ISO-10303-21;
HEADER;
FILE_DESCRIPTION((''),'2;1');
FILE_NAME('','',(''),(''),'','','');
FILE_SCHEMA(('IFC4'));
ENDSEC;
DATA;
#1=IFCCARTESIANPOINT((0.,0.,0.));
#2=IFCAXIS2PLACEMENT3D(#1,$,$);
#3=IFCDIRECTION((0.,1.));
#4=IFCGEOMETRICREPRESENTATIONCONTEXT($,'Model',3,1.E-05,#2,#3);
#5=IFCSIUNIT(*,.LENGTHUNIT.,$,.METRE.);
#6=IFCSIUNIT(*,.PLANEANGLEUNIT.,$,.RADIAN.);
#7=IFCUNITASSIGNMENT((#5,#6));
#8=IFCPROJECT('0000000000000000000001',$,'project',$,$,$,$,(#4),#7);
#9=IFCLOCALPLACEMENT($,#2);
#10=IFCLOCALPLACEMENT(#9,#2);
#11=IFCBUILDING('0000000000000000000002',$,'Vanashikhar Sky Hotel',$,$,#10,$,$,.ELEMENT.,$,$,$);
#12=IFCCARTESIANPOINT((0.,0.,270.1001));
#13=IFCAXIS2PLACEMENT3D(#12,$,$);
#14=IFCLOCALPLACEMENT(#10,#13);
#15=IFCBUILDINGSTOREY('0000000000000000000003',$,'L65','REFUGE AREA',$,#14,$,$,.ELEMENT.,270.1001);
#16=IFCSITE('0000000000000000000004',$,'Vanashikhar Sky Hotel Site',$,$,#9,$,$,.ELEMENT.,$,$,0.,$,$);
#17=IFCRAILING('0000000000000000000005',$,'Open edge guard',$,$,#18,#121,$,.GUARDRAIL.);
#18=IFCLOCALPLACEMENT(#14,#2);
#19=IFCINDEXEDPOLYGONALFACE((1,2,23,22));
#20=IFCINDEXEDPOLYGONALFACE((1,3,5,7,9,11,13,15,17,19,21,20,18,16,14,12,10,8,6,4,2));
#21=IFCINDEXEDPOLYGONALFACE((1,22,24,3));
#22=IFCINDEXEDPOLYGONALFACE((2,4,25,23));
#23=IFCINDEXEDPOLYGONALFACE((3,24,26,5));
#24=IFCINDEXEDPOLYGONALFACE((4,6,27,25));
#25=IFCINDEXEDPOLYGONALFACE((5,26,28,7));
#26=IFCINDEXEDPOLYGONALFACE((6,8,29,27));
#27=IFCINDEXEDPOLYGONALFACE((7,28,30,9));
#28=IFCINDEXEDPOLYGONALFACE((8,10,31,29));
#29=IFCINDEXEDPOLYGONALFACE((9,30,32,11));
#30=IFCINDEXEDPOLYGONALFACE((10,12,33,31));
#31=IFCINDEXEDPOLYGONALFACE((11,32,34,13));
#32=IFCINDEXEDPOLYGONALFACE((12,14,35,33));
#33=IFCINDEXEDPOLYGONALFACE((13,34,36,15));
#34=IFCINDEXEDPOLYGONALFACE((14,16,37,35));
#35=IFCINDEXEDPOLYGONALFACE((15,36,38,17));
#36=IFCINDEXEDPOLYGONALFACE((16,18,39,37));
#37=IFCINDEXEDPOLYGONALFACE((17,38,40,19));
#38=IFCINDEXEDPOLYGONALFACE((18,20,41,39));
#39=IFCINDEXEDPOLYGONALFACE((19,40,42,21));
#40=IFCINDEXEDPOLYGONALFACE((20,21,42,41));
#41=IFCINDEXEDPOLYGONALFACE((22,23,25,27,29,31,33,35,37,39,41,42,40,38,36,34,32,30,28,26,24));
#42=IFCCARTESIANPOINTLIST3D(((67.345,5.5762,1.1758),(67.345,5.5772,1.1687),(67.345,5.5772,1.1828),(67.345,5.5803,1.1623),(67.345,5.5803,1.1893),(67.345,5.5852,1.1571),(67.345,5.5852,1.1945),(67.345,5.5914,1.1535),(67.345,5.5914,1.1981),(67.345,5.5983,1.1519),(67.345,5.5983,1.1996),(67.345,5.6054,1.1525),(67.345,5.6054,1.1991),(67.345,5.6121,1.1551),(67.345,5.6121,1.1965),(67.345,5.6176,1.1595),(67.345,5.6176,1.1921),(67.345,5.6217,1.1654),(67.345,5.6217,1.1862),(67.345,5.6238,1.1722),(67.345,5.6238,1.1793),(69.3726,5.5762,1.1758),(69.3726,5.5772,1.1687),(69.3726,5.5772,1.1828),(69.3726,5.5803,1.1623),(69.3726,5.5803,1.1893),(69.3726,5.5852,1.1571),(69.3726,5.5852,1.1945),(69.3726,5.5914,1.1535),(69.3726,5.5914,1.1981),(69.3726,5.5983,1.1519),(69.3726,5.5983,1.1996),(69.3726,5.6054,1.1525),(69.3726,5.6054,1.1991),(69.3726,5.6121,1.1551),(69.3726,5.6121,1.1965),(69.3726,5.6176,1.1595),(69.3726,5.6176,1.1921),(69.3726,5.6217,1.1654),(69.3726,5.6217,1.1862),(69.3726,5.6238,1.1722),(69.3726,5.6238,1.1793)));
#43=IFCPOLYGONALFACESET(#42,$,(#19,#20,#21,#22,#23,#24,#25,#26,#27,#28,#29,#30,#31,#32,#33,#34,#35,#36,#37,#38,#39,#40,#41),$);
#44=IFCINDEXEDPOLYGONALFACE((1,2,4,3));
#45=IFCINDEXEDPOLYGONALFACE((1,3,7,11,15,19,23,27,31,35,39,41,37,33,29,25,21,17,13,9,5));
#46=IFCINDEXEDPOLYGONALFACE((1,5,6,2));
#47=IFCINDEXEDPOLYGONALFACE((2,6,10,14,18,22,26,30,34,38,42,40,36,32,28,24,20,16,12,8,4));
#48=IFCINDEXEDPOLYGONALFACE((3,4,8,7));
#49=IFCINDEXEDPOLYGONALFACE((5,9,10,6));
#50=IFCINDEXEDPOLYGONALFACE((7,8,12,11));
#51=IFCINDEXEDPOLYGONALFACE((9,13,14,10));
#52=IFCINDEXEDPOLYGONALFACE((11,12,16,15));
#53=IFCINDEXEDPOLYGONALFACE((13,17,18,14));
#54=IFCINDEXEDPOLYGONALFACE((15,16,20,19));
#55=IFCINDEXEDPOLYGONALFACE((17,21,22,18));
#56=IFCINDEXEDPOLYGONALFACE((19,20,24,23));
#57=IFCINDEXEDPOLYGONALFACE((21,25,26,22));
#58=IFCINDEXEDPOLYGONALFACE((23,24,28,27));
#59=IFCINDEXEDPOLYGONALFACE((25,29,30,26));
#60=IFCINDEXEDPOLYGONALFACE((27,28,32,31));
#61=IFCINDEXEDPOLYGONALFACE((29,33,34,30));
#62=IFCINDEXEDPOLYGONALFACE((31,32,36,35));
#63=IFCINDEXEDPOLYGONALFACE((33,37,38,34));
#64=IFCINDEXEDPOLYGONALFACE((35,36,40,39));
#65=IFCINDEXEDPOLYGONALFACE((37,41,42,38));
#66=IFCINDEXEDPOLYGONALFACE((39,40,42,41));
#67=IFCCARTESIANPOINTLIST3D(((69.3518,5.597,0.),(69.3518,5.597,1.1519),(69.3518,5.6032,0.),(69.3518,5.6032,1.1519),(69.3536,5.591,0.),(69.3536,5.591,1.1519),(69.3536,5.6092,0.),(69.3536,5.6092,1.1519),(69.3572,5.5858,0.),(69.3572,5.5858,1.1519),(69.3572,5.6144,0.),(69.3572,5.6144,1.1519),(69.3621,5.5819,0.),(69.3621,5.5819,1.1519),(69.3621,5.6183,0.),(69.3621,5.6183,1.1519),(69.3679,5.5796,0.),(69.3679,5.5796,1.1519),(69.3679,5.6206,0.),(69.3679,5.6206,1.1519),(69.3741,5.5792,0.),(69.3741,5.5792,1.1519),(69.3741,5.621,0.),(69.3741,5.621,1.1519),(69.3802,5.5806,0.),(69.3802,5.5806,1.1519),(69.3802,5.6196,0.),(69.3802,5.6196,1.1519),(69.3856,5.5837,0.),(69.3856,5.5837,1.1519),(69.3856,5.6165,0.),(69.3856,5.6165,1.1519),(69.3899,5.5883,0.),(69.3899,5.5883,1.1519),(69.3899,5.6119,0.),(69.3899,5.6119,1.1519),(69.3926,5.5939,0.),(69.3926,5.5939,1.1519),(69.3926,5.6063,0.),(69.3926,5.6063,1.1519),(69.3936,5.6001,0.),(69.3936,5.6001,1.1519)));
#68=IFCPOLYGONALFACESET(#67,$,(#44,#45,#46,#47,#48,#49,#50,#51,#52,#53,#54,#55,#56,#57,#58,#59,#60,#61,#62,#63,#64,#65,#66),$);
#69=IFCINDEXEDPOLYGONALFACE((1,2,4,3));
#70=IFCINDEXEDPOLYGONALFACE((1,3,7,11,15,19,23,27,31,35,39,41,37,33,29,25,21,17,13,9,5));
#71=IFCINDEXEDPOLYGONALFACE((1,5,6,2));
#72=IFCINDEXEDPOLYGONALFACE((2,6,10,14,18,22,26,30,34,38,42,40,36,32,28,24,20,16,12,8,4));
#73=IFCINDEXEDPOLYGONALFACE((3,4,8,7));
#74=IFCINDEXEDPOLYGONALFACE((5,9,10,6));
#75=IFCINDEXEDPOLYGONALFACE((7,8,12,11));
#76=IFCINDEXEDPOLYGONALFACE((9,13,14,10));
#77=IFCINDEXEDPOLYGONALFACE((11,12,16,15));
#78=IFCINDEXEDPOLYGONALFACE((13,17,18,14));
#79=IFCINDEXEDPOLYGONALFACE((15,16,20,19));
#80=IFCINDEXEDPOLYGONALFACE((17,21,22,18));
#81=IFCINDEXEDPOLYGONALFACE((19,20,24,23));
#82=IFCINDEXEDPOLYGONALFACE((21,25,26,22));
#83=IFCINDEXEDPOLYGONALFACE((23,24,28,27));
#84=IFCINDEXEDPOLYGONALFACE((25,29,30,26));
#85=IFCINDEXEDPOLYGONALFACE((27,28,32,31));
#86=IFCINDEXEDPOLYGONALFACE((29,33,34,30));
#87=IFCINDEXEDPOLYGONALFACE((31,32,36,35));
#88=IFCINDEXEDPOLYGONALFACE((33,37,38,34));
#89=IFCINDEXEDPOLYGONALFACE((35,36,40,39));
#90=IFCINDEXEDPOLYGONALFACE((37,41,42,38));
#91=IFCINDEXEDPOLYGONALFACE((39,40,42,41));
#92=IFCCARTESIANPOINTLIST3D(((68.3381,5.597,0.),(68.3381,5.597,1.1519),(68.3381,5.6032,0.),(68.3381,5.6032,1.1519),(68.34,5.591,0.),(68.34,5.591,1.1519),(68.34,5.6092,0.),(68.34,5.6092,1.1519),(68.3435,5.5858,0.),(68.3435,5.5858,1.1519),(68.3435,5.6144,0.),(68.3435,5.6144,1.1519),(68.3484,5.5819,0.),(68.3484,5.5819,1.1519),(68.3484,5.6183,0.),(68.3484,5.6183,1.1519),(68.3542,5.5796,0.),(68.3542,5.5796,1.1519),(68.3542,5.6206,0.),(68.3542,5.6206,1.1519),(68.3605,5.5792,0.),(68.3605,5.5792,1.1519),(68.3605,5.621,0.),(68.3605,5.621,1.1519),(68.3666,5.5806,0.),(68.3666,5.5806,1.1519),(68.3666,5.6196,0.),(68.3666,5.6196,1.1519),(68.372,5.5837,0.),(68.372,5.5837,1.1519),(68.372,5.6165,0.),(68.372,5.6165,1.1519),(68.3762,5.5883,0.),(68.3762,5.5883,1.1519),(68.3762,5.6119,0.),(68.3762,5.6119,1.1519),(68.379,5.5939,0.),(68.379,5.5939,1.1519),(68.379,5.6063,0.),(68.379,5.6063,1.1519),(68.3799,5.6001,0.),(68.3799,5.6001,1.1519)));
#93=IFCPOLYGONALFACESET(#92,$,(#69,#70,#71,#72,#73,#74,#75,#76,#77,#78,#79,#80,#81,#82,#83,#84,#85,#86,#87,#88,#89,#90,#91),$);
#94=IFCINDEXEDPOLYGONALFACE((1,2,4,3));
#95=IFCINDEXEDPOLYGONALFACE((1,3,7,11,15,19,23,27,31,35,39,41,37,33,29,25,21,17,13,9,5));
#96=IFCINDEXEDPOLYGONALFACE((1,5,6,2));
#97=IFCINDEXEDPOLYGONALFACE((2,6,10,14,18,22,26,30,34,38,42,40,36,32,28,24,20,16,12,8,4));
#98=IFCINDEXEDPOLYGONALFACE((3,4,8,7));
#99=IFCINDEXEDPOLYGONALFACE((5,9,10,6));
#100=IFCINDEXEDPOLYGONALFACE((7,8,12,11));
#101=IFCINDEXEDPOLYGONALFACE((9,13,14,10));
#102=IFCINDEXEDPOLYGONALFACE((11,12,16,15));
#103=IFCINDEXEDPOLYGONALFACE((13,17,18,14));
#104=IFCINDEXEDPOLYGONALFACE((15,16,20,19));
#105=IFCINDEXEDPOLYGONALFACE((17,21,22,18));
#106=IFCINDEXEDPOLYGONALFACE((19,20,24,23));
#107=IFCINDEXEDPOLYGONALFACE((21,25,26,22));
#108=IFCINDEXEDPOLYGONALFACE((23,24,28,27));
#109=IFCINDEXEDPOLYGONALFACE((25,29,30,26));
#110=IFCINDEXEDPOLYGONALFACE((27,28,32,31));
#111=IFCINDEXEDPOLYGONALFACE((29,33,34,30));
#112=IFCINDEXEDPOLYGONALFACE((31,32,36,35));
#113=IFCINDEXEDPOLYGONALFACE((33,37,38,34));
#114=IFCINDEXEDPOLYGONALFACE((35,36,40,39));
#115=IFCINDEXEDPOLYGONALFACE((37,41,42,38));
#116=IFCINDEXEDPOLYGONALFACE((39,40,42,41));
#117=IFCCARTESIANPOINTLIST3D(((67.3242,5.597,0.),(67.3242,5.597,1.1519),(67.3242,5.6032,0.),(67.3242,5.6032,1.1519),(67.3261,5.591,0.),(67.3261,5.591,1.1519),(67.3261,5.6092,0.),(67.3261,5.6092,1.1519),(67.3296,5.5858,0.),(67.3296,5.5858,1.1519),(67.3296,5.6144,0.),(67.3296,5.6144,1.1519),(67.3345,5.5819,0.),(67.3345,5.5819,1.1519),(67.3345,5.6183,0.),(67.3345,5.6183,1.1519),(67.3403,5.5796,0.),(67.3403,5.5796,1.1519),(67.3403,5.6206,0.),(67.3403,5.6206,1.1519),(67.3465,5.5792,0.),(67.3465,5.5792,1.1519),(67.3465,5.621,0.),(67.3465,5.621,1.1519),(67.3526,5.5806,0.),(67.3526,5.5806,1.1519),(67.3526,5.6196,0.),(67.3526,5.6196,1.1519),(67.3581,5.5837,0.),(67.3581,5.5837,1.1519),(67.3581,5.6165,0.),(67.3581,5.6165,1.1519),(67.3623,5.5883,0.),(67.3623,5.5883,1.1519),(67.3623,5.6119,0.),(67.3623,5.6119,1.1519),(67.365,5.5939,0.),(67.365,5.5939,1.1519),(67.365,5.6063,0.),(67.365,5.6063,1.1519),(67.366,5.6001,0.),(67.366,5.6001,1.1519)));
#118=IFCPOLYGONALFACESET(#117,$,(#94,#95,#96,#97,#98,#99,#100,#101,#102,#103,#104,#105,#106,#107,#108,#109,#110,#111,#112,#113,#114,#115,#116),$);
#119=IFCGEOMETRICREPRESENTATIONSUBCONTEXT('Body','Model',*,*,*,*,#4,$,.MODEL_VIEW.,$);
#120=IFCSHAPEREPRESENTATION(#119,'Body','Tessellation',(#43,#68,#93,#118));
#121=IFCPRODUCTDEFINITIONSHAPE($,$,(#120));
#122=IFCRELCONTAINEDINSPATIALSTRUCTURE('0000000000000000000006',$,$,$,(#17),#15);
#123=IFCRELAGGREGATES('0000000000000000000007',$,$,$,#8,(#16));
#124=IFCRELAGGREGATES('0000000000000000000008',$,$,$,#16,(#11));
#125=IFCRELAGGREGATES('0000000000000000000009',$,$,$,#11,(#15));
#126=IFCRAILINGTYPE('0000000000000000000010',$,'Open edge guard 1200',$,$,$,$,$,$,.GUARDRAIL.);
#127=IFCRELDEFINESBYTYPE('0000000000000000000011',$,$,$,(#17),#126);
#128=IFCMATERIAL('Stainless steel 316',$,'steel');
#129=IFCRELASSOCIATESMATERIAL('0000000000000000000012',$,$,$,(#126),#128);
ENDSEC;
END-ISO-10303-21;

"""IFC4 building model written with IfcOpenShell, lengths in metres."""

from ifc_helpers import new_model, si_unit, direction, frame, origin, origin_2d, place, context, subcontext, project, spatial, circle, extrude, source, transform, mapped, material, type_object, element, save


model = new_model("IFC4")

# Units and contexts
model_context = context("Model", 3, precision=1e-05, world=origin(), true_north=direction((0.0, 1.0)))
body_context = subcontext(model_context, "Body", "Model", "MODEL_VIEW")
ifc_project = project(units=[si_unit("LENGTHUNIT", "METRE"), si_unit("PLANEANGLEUNIT", "RADIAN")], contexts=[model_context])

# Site, building, storey
site_placement = place(None, origin())
site = spatial("IfcSite", under=ifc_project, at=site_placement, Name="Vanashikhar Sky Hotel Site", CompositionType="ELEMENT", RefElevation=0.0)
building_placement = place(site_placement, origin())
building = spatial("IfcBuilding", under=site, at=building_placement, Name="Vanashikhar Sky Hotel", CompositionType="ELEMENT")
storey_placement = place(building_placement, frame((0.0, 0.0, 270.1001)))
storey = spatial("IfcBuildingStorey", under=building, at=storey_placement, Name="L65", Description="REFUGE AREA", CompositionType="ELEMENT", Elevation=270.1001)

# Railing
ifc_material_1 = material(Name="Stainless steel 316", Category="steel")
railing_type = type_object("IfcRailingType", Name="Open edge guard 1200", PredefinedType="GUARDRAIL", material=ifc_material_1)
shared_shape_1 = source(origin(), body_context, "Body", "SweptSolid", [
    extrude(circle(Radius=0.0239, at=origin_2d()), frame((0.0, 0.0, 1.1758), z_axis=(-1.0, 0.0, 0.0), x_axis=(0.0, -1.0, 0.0)), (0.0, 0.0, 1.0), 2.0276),
    extrude(circle(Radius=0.021, at=origin_2d()), origin(), (0.0, 0.0, 1.0), 1.1519),
    extrude(circle(Radius=0.021, at=origin_2d()), frame((-1.0137, 0.0, 0.0)), (0.0, 0.0, 1.0), 1.1519),
    extrude(circle(Radius=0.021, at=origin_2d()), frame((-2.0276, 0.0, 0.0)), (0.0, 0.0, 1.0), 1.1519),
])
for number, where, name in (
    (1, (69.3726, 5.6001, 0.0), "Open edge guard"),
):
    element("IfcRailing", number, at=place(storey_placement, frame(where)), inside=storey, type_object=railing_type, Name=name, PredefinedType="GUARDRAIL", context=body_context, shape_type="MappedRepresentation", body=[
        mapped(shared_shape_1, transform((0.0, 0.0, 0.0), scale=1.0)),
    ])

save(model, "model.ifc")
